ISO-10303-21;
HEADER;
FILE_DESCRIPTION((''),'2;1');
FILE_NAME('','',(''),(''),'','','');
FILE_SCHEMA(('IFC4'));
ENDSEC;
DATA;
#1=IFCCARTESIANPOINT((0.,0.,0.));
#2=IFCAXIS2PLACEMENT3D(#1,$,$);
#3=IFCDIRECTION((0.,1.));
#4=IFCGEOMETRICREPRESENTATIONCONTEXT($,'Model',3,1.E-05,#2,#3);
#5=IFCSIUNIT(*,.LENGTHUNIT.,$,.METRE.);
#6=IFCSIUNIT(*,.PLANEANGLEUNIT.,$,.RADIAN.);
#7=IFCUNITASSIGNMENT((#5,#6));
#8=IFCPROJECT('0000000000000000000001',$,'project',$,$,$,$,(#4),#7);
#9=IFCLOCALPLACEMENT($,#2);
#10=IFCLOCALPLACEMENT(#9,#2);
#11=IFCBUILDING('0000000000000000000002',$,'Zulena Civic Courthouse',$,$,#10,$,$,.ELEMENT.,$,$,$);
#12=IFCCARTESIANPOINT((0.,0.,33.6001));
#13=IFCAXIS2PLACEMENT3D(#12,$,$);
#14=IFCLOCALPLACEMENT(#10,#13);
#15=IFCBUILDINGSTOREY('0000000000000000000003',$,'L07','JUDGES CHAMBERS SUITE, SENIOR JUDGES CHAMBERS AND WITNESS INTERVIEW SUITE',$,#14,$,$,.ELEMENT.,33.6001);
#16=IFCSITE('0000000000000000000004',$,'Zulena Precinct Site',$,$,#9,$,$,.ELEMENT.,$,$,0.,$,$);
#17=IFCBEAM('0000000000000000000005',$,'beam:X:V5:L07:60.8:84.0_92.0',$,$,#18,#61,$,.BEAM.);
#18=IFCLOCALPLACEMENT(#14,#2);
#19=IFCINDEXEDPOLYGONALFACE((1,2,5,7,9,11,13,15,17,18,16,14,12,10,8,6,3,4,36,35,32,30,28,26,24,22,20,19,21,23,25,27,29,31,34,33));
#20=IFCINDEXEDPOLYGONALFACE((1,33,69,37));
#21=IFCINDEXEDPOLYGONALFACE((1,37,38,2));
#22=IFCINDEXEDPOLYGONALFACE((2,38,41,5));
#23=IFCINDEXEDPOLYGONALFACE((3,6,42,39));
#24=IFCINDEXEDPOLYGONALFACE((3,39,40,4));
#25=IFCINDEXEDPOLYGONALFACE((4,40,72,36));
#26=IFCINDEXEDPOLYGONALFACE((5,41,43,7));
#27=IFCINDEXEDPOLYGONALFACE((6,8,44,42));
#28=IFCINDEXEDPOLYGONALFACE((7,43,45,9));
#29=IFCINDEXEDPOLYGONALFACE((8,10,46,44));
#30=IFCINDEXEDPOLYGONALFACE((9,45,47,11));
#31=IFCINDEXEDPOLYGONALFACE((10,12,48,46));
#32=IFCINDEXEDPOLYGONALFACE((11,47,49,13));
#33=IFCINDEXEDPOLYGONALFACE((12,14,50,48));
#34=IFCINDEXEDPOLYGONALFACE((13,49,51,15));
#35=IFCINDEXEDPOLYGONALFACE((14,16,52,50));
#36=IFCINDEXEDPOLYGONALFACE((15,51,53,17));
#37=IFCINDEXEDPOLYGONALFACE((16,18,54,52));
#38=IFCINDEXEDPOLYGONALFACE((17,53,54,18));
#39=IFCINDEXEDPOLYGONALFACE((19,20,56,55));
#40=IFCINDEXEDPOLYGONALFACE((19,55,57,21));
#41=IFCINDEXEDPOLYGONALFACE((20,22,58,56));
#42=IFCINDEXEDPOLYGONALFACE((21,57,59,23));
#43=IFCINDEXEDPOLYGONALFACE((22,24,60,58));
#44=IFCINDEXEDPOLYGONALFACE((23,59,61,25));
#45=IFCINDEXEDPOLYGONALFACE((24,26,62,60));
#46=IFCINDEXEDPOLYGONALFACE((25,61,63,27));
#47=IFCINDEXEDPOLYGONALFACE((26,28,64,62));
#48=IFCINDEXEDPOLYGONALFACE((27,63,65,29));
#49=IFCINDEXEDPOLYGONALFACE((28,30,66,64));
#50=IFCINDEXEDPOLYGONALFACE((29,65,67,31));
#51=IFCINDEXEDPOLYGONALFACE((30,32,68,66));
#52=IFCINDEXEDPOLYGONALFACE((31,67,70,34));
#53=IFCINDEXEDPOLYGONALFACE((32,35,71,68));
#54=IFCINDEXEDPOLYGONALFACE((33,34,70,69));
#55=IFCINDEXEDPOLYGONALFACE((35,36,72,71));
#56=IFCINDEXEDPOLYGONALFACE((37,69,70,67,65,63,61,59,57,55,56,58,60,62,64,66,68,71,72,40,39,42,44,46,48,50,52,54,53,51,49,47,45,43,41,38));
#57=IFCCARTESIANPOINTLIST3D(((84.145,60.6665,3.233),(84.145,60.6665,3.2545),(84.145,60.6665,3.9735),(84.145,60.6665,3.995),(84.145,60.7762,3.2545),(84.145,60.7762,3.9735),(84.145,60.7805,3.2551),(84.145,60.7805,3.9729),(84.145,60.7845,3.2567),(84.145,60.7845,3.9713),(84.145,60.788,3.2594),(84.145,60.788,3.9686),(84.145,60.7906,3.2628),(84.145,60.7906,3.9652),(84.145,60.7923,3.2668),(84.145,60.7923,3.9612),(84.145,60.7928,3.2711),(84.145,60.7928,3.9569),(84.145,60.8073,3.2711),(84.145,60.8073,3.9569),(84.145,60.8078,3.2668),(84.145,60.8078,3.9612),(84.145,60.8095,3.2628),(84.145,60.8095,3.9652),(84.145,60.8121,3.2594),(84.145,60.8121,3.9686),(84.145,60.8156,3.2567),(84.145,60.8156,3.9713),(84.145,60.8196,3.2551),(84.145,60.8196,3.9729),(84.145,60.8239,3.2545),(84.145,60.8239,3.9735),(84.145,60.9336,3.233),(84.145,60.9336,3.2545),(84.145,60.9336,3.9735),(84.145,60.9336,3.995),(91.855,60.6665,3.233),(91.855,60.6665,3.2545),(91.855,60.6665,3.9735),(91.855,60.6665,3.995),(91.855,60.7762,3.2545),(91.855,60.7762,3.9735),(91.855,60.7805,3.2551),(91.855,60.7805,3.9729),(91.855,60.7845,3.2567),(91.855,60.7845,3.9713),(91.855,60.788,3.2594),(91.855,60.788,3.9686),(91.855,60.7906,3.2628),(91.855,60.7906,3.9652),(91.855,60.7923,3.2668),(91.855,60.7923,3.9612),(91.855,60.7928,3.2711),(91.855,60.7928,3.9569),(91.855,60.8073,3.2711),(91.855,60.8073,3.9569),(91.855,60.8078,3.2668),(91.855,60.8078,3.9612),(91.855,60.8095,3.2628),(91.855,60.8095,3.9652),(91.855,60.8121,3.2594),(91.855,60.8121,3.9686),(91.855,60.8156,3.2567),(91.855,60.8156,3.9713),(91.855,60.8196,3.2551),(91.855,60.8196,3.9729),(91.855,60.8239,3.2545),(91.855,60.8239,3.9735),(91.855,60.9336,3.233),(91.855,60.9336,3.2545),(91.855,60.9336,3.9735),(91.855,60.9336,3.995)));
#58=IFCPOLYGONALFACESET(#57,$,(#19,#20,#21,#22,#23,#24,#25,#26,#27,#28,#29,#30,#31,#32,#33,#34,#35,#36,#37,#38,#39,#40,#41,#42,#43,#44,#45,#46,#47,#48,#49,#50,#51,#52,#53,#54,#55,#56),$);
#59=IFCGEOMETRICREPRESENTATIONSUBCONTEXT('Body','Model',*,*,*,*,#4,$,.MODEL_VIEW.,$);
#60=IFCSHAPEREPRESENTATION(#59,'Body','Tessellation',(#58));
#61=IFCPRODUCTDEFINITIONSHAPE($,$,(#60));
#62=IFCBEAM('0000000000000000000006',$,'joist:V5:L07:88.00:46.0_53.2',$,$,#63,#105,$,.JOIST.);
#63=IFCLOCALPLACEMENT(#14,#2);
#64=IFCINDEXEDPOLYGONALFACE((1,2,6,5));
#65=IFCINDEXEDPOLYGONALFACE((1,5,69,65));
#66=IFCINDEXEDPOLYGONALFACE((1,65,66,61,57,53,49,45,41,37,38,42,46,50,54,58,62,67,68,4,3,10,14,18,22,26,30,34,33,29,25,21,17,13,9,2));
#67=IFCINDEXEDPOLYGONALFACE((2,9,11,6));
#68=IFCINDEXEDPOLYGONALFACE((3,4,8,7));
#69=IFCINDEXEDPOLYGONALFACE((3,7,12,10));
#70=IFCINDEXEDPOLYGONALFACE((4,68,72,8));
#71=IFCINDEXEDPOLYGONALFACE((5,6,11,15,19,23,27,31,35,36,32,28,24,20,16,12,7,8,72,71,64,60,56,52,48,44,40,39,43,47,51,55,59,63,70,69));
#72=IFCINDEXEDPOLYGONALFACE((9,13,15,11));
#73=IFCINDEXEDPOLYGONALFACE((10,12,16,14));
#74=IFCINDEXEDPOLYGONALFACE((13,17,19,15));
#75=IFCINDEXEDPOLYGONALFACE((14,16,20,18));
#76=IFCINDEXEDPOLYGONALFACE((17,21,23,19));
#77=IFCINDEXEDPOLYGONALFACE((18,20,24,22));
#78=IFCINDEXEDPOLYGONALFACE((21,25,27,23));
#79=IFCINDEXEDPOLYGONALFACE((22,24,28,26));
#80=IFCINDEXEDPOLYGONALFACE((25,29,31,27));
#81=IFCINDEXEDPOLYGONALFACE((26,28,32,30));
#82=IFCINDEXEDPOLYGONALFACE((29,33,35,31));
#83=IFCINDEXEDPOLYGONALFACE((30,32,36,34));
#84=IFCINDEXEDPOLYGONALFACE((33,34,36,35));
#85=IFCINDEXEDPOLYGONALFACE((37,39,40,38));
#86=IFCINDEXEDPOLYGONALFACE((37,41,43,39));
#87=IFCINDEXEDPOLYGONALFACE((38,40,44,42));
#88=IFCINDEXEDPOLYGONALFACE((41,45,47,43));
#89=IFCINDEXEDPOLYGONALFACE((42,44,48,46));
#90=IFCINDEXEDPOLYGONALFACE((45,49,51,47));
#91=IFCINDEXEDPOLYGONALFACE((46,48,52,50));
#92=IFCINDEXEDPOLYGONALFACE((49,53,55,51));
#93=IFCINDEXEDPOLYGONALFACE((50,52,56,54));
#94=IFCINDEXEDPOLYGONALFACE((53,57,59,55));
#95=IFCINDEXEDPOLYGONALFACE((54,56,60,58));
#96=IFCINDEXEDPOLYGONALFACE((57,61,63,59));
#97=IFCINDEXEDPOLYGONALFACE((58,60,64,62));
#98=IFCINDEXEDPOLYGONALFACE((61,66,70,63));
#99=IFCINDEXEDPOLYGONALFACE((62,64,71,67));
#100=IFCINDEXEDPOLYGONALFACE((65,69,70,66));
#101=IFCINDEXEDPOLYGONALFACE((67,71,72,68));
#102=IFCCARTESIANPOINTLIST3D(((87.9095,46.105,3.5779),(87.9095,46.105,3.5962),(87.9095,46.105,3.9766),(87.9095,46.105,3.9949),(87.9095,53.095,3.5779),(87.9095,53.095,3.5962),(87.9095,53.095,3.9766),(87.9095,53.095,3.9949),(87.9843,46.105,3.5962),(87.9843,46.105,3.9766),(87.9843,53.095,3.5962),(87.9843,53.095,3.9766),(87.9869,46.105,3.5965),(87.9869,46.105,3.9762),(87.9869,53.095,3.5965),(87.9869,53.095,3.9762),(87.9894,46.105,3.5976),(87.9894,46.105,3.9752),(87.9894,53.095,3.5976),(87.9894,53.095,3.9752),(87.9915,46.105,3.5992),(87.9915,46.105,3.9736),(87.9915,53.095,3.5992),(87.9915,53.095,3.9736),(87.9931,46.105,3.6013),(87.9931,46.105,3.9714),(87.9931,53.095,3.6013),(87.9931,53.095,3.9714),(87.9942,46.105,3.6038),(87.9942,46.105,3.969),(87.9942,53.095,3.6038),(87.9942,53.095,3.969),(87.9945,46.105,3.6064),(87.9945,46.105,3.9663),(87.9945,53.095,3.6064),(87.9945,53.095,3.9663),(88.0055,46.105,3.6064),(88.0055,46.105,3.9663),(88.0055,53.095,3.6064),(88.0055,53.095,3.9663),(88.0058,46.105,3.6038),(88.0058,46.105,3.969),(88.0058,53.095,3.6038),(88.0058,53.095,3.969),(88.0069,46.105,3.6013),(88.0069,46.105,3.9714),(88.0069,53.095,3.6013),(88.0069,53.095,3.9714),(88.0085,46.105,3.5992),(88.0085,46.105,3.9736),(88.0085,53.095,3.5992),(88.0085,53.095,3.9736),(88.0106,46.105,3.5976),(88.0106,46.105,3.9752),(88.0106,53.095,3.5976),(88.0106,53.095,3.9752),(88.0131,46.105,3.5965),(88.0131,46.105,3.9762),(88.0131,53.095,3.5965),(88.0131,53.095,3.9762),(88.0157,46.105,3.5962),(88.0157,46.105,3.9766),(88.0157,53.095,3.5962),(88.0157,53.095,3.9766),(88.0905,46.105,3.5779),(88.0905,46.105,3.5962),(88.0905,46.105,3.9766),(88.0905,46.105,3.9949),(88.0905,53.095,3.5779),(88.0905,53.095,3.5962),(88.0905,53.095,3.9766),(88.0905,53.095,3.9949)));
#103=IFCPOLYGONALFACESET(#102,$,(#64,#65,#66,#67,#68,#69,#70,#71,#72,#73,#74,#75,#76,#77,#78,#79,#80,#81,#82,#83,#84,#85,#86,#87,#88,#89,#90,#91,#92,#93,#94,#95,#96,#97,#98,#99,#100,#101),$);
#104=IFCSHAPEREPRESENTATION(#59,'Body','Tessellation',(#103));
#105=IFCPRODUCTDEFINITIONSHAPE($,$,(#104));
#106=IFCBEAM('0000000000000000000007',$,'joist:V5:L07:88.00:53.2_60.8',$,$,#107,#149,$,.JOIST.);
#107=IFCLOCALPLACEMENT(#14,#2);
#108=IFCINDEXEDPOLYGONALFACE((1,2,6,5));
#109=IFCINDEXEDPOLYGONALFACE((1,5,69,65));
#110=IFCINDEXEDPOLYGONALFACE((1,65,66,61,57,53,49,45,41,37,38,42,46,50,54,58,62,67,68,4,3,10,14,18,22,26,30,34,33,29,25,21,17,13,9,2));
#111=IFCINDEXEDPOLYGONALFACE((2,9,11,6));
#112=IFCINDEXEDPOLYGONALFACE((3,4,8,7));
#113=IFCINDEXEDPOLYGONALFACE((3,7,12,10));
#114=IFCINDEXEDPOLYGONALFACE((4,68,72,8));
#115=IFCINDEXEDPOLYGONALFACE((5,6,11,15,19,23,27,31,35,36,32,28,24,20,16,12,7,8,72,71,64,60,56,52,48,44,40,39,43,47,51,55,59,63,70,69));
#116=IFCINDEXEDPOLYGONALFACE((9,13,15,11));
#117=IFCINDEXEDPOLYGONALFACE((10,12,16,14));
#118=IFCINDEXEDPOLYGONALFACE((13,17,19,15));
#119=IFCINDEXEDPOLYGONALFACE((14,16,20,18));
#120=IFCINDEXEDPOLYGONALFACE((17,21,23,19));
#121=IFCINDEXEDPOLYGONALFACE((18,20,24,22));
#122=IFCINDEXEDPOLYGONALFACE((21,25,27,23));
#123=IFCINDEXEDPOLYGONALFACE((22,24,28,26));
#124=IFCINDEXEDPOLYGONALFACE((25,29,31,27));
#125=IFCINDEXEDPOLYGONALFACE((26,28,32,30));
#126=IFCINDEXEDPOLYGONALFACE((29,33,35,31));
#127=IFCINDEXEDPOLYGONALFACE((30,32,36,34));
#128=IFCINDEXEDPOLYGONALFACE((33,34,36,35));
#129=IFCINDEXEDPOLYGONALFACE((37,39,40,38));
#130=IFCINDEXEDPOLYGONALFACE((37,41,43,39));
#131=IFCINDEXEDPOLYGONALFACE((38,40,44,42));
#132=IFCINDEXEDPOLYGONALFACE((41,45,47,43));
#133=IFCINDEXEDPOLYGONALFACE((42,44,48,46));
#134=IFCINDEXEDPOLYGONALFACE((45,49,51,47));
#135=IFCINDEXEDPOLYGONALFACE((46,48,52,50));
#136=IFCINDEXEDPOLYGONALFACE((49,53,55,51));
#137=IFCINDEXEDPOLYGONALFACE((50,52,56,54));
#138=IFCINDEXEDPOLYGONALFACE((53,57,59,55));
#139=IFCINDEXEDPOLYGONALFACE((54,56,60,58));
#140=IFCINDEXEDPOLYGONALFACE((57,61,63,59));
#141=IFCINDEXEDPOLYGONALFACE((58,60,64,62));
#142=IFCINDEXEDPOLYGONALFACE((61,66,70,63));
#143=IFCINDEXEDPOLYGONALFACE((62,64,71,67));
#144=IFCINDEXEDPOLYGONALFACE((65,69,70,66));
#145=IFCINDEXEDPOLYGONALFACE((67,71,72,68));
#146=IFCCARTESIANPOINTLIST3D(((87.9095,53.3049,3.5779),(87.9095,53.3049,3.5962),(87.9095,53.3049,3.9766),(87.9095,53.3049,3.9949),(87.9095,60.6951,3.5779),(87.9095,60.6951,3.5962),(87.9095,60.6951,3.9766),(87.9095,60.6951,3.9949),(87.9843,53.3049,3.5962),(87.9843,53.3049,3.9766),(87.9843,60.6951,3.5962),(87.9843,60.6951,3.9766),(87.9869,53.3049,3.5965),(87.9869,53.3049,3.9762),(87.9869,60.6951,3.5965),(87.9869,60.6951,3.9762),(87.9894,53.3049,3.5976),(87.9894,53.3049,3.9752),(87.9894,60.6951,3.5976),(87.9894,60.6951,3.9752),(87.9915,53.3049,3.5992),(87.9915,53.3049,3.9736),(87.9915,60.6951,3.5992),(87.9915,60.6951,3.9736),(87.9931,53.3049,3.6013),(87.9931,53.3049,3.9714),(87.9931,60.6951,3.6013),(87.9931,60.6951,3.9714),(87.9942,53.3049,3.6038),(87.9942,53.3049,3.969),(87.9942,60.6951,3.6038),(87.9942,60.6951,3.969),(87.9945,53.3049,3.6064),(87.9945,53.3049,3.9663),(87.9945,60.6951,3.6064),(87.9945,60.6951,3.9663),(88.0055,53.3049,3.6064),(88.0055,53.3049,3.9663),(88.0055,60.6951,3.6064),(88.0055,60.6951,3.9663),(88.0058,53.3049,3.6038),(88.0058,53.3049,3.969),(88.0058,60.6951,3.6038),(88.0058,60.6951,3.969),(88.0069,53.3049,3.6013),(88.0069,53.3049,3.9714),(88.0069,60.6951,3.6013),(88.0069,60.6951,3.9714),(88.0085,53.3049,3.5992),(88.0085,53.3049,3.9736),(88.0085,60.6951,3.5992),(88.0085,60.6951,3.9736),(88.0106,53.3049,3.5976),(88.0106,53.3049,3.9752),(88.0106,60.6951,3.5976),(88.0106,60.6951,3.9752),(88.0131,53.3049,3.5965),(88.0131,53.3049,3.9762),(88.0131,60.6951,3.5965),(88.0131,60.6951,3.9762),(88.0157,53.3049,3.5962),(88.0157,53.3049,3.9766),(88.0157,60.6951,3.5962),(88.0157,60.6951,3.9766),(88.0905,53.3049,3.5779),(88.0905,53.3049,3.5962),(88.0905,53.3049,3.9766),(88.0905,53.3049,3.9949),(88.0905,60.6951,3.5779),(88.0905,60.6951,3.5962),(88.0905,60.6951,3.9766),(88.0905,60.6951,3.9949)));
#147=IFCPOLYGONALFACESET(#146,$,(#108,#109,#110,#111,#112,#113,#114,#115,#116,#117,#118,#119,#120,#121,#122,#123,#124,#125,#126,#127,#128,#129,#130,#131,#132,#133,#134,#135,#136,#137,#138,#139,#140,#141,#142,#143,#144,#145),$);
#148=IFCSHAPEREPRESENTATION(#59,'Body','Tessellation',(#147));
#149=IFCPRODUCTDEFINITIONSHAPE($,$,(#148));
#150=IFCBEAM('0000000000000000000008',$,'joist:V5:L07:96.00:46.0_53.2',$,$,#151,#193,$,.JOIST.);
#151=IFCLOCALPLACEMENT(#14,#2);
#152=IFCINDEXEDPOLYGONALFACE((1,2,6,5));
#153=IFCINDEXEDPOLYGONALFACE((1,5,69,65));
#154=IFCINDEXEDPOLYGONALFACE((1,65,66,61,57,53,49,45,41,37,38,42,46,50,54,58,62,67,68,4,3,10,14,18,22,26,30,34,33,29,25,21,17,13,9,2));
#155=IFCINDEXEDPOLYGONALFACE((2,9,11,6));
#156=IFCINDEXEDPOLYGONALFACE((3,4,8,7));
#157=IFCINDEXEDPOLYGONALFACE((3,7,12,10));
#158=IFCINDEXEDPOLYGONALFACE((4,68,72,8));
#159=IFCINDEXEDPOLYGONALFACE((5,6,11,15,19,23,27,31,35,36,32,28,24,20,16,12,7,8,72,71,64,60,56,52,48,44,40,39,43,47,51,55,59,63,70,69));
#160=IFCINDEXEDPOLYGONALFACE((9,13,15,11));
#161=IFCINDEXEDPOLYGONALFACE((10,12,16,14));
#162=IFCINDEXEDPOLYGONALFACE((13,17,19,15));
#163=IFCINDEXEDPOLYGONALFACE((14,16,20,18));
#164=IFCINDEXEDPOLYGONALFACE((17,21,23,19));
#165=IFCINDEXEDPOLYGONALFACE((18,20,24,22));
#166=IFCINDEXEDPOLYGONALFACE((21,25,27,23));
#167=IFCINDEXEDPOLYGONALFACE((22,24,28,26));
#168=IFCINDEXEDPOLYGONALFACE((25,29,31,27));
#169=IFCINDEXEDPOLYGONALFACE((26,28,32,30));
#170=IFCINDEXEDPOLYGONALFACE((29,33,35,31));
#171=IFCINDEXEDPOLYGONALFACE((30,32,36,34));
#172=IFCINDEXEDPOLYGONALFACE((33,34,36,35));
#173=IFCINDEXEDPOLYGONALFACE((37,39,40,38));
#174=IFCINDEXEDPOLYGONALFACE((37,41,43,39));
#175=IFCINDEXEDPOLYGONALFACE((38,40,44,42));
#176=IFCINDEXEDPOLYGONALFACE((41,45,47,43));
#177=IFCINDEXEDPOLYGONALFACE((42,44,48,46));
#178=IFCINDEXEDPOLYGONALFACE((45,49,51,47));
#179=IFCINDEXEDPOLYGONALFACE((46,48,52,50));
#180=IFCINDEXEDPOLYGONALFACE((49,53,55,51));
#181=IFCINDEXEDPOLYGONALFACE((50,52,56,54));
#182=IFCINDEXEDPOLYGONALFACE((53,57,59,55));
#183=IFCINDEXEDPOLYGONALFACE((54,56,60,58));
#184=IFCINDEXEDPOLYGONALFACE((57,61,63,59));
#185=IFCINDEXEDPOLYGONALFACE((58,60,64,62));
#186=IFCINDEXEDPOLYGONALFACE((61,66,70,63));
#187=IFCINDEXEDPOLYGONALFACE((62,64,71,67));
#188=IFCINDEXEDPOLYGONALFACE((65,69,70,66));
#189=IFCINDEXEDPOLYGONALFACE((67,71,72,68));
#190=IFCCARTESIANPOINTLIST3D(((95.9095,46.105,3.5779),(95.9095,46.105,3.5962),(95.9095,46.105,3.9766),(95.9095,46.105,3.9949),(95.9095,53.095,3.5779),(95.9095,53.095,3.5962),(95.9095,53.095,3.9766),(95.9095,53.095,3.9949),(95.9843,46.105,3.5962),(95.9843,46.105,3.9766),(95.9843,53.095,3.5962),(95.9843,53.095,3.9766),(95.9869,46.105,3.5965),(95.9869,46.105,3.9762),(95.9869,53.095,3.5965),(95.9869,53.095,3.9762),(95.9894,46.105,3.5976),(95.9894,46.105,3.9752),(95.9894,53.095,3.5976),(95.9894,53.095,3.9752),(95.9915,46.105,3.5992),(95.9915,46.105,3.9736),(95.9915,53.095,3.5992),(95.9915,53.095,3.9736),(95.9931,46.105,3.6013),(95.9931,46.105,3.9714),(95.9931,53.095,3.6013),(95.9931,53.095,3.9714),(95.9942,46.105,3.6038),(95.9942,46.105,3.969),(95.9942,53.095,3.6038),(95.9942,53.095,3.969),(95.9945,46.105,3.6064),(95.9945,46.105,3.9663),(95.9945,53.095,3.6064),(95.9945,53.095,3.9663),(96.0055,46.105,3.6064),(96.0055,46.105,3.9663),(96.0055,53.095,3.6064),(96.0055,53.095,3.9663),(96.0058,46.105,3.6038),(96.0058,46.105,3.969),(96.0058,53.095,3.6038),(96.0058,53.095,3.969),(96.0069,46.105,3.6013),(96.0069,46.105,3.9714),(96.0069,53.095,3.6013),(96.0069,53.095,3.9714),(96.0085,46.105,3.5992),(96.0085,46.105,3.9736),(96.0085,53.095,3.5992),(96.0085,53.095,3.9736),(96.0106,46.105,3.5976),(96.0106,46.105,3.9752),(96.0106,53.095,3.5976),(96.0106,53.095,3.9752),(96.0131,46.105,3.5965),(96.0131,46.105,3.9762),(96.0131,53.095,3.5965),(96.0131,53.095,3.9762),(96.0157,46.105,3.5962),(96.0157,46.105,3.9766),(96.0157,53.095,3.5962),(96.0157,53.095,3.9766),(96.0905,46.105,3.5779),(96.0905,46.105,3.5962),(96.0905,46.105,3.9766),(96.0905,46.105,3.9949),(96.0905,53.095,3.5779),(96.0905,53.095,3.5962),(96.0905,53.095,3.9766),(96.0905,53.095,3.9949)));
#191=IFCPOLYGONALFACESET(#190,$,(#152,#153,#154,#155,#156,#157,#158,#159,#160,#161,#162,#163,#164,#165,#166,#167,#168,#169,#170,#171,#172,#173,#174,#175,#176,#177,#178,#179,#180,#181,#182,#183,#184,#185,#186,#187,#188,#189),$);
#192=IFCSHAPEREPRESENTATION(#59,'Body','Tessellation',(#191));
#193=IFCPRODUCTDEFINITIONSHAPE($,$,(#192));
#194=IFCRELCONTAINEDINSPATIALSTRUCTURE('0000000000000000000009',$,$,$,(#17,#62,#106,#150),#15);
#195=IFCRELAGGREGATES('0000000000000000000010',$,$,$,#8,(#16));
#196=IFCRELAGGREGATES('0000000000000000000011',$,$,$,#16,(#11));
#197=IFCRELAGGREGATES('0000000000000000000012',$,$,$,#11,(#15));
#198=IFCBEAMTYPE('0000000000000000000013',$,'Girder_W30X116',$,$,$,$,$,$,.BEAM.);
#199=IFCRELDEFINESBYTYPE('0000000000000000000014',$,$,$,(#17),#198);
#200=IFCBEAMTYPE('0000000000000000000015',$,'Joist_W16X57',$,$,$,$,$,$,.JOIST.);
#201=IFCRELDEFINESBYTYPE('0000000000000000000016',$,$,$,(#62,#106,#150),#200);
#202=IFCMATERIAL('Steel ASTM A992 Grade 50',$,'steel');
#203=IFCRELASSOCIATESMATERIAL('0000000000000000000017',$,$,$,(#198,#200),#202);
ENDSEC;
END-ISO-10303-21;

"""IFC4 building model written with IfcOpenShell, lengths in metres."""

from ifc_helpers import new_model, si_unit, direction, frame, origin, origin_2d, place, context, subcontext, project, spatial, i_section, extrude, material, material_profile, profile_set, type_object, element, save


model = new_model("IFC4")

# Units and contexts
model_context = context("Model", 3, precision=1e-05, world=origin(), true_north=direction((0.0, 1.0)))
body_context = subcontext(model_context, "Body", "Model", "MODEL_VIEW")
ifc_project = project(units=[si_unit("LENGTHUNIT", "METRE"), si_unit("PLANEANGLEUNIT", "RADIAN")], contexts=[model_context])

# Site, building, storey
site_placement = place(None, origin())
site = spatial("IfcSite", under=ifc_project, at=site_placement, Name="Zulena Precinct Site", CompositionType="ELEMENT", RefElevation=0.0)
building_placement = place(site_placement, origin())
building = spatial("IfcBuilding", under=site, at=building_placement, Name="Zulena Civic Courthouse", CompositionType="ELEMENT")
storey_placement = place(building_placement, frame((0.0, 0.0, 33.6001)))
storey = spatial("IfcBuildingStorey", under=building, at=storey_placement, Name="L07", Description="JUDGES CHAMBERS SUITE, SENIOR JUDGES CHAMBERS AND WITNESS INTERVIEW SUITE", CompositionType="ELEMENT", Elevation=33.6001)

# Shared definitions
ifc_material_1 = material(Name="Steel ASTM A992 Grade 50", Category="steel")

# Beams
ifc_material_profile_1 = material_profile(ifc_material_1, i_section(OverallWidth=0.2671, OverallDepth=0.762, WebThickness=0.0144, FlangeThickness=0.0215, FilletRadius=0.0166, at=origin_2d()), Name="W30X116")
ifc_profile_set_1 = profile_set([ifc_material_profile_1], Name="Steel ASTM A992 Grade 50")
beam_type_1 = type_object("IfcBeamType", Name="Girder_W30X116", PredefinedType="BEAM", material=ifc_profile_set_1)
for number, where, z_axis, x_axis, name in (
    (1, (84.145, 60.8, 3.614), (1.0, 0.0, 0.0), (0.0, 1.0, 0.0), "beam:X:V5:L07:60.8:84.0_92.0"),
):
    element("IfcBeam", number, at=place(storey_placement, frame(where, z_axis=z_axis, x_axis=x_axis)), inside=storey, type_object=beam_type_1, Name=name, PredefinedType="BEAM", context=body_context, shape_type="SweptSolid", body=[
        extrude(i_section(OverallWidth=0.2671, OverallDepth=0.762, WebThickness=0.0144, FlangeThickness=0.0215, FilletRadius=0.0166, at=origin_2d()), origin(), (0.0, 0.0, 1.0), 7.71),
    ])
ifc_material_profile_2 = material_profile(ifc_material_1, i_section(OverallWidth=0.1809, OverallDepth=0.417, WebThickness=0.011, FlangeThickness=0.0183, FilletRadius=0.0103, at=origin_2d()), Name="W16X57")
ifc_profile_set_2 = profile_set([ifc_material_profile_2], Name="Steel ASTM A992 Grade 50")
beam_type_2 = type_object("IfcBeamType", Name="Joist_W16X57", PredefinedType="JOIST", material=ifc_profile_set_2)
beam_1_placement = place(storey_placement, frame((88.0, 46.105, 3.7864), z_axis=(0.0, 1.0, 0.0), x_axis=(-1.0, 0.0, 0.0)))
element("IfcBeam", 2, at=beam_1_placement, inside=storey, type_object=beam_type_2, Name="joist:V5:L07:88.00:46.0_53.2", PredefinedType="JOIST", context=body_context, shape_type="SweptSolid", body=[
    extrude(i_section(OverallWidth=0.1809, OverallDepth=0.417, WebThickness=0.011, FlangeThickness=0.0183, FilletRadius=0.0103, at=origin_2d()), origin(), (0.0, 0.0, 1.0), 6.99),
])
beam_2_placement = place(storey_placement, frame((88.0, 53.3049, 3.7864), z_axis=(0.0, 1.0, 0.0), x_axis=(-1.0, 0.0, 0.0)))
element("IfcBeam", 3, at=beam_2_placement, inside=storey, type_object=beam_type_2, Name="joist:V5:L07:88.00:53.2_60.8", PredefinedType="JOIST", context=body_context, shape_type="SweptSolid", body=[
    extrude(i_section(OverallWidth=0.1809, OverallDepth=0.417, WebThickness=0.011, FlangeThickness=0.0183, FilletRadius=0.0103, at=origin_2d()), origin(), (0.0, 0.0, 1.0), 7.3901),
])
beam_3_placement = place(storey_placement, frame((96.0, 46.105, 3.7864), z_axis=(0.0, 1.0, 0.0), x_axis=(-1.0, 0.0, 0.0)))
element("IfcBeam", 4, at=beam_3_placement, inside=storey, type_object=beam_type_2, Name="joist:V5:L07:96.00:46.0_53.2", PredefinedType="JOIST", context=body_context, shape_type="SweptSolid", body=[
    extrude(i_section(OverallWidth=0.1809, OverallDepth=0.417, WebThickness=0.011, FlangeThickness=0.0183, FilletRadius=0.0103, at=origin_2d()), origin(), (0.0, 0.0, 1.0), 6.99),
])

save(model, "model.ifc")
